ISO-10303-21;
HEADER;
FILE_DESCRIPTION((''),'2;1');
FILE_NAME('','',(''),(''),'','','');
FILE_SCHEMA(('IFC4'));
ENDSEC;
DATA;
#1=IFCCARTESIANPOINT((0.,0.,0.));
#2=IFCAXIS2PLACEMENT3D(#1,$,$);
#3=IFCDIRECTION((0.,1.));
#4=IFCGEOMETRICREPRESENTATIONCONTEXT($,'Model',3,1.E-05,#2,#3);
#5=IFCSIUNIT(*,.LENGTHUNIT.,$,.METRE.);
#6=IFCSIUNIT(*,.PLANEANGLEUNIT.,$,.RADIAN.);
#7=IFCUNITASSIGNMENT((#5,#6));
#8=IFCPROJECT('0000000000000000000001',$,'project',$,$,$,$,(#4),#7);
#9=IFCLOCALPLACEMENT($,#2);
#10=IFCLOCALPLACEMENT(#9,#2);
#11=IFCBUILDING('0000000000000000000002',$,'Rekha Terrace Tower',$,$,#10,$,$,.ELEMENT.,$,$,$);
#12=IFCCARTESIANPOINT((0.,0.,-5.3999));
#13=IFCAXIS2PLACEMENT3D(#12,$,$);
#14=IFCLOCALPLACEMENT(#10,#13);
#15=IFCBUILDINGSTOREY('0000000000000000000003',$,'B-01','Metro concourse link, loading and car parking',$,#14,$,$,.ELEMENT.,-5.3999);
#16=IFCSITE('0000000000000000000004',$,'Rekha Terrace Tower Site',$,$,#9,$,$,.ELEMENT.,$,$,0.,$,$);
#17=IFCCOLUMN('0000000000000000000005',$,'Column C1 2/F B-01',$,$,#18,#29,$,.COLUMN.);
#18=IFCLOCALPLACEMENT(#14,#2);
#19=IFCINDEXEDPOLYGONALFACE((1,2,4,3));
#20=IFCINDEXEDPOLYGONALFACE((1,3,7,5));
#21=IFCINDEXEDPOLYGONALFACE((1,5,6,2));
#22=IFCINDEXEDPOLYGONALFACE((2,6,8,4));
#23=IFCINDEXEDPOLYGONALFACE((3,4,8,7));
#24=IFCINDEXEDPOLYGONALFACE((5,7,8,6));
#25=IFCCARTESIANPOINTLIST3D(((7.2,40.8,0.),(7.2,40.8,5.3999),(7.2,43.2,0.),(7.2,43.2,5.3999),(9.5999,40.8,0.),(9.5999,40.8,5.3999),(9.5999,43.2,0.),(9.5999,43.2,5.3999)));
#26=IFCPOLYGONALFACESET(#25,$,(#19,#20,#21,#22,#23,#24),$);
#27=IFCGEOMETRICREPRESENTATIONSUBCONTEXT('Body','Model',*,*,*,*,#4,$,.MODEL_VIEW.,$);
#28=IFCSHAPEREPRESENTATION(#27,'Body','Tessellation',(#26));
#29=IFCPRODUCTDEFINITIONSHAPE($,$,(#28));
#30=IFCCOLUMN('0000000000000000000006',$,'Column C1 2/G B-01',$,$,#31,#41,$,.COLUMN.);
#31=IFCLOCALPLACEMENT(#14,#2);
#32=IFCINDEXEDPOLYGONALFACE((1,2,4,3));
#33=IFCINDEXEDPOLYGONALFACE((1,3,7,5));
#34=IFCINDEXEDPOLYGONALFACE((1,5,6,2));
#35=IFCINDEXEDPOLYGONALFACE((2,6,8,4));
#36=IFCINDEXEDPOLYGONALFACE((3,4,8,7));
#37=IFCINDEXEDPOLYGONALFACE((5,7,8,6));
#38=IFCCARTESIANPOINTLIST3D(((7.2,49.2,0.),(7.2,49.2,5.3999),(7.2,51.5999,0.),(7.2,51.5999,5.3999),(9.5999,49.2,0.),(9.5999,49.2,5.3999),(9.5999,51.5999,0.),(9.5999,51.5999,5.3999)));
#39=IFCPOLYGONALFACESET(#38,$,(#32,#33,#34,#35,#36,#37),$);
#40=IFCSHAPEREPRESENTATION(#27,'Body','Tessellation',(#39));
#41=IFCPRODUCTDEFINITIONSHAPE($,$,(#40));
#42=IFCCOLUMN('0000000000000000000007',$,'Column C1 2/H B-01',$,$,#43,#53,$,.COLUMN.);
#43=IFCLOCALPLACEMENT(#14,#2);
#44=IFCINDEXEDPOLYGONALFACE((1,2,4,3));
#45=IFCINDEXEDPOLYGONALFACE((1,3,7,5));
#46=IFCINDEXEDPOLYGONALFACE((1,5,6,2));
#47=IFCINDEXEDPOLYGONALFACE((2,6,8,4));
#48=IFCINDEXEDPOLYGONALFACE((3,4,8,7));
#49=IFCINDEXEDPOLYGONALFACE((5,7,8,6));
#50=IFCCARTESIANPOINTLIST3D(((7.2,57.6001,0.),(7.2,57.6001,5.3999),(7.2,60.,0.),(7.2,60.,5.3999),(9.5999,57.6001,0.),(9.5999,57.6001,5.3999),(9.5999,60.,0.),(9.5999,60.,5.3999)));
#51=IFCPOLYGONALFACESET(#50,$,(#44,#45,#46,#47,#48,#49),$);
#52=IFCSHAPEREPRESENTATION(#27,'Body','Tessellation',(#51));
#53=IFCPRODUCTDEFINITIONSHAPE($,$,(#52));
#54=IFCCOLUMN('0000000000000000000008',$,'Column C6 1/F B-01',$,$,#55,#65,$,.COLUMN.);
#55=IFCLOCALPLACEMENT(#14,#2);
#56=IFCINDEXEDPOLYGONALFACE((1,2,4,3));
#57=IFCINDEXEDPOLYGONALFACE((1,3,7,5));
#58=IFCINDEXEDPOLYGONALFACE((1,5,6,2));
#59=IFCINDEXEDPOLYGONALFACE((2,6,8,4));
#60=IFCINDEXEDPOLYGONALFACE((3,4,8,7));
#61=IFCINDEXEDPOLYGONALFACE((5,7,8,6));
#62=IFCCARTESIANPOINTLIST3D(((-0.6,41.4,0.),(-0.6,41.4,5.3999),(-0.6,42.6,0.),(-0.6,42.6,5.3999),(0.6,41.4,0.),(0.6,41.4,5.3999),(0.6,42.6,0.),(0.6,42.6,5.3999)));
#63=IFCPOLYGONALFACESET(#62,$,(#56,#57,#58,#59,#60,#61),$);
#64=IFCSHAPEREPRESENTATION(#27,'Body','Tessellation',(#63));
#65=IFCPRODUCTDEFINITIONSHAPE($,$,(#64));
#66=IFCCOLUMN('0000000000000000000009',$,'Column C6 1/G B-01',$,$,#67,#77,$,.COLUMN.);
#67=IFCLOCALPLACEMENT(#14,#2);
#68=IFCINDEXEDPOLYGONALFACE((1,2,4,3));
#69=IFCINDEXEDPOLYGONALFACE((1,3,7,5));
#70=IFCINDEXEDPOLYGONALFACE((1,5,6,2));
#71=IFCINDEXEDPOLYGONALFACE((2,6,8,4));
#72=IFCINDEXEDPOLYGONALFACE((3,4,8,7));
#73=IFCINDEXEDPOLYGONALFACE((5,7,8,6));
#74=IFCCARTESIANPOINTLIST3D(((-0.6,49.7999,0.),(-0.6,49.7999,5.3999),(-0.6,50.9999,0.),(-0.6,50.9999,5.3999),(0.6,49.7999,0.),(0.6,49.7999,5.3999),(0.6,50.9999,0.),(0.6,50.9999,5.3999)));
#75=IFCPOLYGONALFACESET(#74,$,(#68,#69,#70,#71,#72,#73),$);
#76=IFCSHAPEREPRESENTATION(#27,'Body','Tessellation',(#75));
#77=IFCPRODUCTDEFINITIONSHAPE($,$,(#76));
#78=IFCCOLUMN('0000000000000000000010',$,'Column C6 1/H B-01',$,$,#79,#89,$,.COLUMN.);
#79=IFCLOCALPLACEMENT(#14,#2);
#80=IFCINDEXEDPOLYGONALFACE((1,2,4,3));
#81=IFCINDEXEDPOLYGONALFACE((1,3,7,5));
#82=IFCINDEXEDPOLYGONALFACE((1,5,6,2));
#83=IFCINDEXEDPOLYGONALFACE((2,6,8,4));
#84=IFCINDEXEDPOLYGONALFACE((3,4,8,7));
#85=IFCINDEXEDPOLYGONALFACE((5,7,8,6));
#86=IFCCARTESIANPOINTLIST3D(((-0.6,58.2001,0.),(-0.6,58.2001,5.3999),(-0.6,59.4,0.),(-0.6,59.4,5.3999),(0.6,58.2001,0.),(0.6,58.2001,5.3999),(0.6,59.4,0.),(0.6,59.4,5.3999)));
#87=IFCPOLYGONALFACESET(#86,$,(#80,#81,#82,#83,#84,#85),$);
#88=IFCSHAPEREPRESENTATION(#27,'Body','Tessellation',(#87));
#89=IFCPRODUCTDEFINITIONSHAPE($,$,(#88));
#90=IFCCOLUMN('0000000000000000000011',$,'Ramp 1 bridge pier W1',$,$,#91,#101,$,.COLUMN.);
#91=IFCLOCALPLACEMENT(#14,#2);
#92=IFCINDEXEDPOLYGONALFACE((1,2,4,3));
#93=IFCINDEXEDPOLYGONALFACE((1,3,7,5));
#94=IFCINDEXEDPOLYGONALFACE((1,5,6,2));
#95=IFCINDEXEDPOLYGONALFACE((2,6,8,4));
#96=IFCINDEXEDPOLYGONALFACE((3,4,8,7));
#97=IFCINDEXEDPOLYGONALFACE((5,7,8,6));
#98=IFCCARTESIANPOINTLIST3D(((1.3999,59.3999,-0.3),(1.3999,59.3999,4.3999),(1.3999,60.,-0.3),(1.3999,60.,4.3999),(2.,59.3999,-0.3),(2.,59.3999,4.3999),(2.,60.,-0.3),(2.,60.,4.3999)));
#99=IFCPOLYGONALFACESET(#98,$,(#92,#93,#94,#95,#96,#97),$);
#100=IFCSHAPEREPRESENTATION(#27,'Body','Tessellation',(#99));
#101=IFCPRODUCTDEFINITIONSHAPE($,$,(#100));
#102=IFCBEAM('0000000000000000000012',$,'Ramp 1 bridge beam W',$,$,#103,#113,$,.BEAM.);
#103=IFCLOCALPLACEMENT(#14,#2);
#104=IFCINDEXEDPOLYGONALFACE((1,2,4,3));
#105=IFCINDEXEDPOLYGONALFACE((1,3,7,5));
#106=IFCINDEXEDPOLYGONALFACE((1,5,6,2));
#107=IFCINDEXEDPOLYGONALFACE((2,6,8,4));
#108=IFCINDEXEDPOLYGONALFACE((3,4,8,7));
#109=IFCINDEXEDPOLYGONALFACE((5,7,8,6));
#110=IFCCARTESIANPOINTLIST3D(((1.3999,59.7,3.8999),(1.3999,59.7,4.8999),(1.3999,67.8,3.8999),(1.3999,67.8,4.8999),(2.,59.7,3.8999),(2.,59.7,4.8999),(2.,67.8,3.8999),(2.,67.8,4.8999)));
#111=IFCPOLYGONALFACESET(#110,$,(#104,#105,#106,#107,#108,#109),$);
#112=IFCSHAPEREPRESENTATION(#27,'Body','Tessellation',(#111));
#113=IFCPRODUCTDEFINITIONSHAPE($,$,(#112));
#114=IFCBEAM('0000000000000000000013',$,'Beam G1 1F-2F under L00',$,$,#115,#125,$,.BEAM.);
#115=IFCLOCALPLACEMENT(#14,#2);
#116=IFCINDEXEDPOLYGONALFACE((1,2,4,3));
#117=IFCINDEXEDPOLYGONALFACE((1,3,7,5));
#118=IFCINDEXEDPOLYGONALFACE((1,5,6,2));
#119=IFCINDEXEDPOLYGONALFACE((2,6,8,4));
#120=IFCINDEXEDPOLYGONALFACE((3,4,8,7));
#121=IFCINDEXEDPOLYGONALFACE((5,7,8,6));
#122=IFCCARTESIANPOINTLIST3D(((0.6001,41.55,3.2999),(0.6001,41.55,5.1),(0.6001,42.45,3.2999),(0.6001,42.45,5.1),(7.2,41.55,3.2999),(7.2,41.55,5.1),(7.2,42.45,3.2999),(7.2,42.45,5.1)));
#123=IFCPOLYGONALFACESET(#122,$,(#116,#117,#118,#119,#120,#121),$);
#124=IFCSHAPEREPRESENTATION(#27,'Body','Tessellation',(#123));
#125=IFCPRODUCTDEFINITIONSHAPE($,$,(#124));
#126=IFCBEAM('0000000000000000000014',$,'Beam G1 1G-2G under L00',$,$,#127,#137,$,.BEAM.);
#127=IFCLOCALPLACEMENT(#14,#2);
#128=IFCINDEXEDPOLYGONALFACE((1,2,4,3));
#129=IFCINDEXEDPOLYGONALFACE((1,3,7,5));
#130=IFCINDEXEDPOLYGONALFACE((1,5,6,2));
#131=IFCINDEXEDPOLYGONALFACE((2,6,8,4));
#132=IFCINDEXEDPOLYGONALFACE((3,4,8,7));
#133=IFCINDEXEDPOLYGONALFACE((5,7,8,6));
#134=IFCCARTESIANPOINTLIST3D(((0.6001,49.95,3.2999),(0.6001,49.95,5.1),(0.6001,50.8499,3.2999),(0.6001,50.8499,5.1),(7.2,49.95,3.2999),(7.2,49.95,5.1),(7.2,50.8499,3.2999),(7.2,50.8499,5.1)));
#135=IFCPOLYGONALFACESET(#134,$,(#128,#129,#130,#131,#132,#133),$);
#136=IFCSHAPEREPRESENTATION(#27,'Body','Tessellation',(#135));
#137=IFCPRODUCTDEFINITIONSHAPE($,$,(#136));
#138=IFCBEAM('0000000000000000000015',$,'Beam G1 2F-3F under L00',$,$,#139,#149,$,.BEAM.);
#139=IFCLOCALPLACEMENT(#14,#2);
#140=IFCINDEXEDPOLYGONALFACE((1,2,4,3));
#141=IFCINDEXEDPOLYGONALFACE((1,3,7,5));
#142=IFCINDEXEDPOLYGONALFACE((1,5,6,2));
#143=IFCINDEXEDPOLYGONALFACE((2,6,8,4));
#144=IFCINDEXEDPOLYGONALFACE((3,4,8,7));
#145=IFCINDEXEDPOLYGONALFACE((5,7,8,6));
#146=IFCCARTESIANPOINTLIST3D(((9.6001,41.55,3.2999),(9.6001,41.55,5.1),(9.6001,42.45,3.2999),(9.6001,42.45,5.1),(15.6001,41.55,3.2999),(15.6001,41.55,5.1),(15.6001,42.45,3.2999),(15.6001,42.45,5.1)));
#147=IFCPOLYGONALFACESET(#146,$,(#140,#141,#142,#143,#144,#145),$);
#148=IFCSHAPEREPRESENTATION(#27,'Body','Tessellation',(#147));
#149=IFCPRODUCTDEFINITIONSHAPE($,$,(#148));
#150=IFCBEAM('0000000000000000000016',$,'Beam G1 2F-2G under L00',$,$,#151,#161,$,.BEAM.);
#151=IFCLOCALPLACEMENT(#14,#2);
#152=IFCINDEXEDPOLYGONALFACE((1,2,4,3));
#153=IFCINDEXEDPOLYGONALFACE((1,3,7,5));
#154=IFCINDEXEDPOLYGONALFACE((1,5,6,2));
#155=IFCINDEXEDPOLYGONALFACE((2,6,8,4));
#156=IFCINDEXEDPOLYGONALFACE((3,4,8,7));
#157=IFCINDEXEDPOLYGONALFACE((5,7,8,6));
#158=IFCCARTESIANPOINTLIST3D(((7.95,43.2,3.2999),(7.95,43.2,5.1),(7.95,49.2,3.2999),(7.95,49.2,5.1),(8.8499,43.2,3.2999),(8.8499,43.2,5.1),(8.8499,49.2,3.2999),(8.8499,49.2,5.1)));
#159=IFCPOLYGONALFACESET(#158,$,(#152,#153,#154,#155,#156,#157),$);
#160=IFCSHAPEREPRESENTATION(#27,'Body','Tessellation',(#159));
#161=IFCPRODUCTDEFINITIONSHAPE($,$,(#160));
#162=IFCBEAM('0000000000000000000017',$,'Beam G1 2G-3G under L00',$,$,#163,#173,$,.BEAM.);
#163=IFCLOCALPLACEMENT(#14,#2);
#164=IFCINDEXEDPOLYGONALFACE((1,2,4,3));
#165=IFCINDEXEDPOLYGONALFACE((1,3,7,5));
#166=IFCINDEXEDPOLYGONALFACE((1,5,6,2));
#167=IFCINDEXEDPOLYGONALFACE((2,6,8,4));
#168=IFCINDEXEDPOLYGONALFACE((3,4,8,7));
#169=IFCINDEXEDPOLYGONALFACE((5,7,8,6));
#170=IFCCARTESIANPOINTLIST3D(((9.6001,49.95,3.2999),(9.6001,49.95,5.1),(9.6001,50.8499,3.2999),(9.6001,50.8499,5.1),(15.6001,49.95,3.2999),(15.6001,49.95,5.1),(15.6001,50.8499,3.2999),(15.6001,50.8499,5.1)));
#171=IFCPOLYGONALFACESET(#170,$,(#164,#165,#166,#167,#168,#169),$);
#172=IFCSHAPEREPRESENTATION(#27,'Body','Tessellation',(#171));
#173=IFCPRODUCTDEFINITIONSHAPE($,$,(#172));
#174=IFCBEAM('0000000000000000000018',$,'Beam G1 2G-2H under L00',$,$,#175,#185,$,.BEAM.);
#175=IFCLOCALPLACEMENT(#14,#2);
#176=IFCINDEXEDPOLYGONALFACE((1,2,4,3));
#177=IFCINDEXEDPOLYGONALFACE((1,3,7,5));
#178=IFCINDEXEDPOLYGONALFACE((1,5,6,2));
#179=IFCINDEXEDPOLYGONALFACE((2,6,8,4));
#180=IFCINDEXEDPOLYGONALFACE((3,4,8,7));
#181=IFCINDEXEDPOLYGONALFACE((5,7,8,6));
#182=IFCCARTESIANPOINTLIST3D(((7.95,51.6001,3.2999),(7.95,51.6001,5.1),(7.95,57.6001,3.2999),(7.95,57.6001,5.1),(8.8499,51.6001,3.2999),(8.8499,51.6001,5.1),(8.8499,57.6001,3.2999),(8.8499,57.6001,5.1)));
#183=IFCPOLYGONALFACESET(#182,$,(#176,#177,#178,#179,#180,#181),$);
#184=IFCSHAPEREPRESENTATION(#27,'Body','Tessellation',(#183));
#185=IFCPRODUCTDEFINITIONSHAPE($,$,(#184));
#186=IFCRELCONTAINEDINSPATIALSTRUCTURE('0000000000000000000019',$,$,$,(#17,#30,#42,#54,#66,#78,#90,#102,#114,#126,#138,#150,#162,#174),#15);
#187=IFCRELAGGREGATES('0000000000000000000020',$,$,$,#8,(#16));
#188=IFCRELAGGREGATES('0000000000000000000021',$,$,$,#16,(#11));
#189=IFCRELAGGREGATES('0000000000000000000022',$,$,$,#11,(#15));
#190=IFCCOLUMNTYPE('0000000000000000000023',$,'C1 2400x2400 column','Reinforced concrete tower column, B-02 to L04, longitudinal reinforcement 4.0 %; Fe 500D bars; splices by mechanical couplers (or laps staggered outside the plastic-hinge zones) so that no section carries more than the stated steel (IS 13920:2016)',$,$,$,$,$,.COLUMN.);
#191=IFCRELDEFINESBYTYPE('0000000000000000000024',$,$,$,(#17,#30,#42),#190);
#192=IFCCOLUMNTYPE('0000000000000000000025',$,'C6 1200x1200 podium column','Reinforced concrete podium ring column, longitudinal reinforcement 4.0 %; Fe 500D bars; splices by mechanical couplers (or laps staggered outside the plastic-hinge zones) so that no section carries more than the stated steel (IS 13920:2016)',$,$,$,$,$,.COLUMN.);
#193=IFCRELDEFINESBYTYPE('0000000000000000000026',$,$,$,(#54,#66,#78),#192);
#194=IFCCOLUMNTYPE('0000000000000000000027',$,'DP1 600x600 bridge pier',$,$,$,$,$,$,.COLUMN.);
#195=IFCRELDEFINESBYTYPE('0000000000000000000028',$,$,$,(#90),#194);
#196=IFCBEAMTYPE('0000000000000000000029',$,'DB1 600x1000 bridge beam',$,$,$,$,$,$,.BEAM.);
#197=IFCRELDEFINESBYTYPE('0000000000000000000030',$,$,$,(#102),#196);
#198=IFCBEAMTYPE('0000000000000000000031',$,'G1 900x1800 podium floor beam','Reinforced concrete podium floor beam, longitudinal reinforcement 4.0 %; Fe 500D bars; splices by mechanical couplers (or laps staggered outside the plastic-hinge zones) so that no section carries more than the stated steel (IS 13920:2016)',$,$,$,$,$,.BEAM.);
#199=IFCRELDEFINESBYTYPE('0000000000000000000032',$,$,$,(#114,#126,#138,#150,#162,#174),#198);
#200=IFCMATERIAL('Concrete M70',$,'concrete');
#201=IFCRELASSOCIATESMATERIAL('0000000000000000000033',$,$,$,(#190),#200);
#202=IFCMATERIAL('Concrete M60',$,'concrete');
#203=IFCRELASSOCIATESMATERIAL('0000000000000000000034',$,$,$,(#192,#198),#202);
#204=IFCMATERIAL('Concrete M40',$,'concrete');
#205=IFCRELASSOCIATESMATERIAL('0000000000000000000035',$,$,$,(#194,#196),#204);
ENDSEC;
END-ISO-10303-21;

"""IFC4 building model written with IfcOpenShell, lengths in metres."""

from ifc_helpers import new_model, si_unit, direction, frame, origin, origin_2d, place, context, subcontext, project, spatial, rectangle, extrude, material, material_profile, profile_set, type_object, element, save


model = new_model("IFC4")

# Units and contexts
model_context = context("Model", 3, precision=1e-05, world=origin(), true_north=direction((0.0, 1.0)))
body_context = subcontext(model_context, "Body", "Model", "MODEL_VIEW")
ifc_project = project(units=[si_unit("LENGTHUNIT", "METRE"), si_unit("PLANEANGLEUNIT", "RADIAN")], contexts=[model_context])

# Site, building, storey
site_placement = place(None, origin())
site = spatial("IfcSite", under=ifc_project, at=site_placement, Name="Rekha Terrace Tower Site", CompositionType="ELEMENT", RefElevation=0.0)
building_placement = place(site_placement, origin())
building = spatial("IfcBuilding", under=site, at=building_placement, Name="Rekha Terrace Tower", CompositionType="ELEMENT")
storey_placement = place(building_placement, frame((0.0, 0.0, -5.3999)))
storey = spatial("IfcBuildingStorey", under=building, at=storey_placement, Name="B-01", Description="Metro concourse link, loading and car parking", CompositionType="ELEMENT", Elevation=-5.3999)

# Columns
ifc_material_1 = material(Name="Concrete M70", Category="concrete")
ifc_material_profile_1 = material_profile(ifc_material_1, rectangle(XDim=2.3999, YDim=2.3999, at=origin_2d()), Name="RC 2400x2400")
ifc_profile_set_1 = profile_set([ifc_material_profile_1], Name="Concrete M70")
column_type_1 = type_object("IfcColumnType", Name="C1 2400x2400 column", Description="Reinforced concrete tower column, B-02 to L04, longitudinal reinforcement 4.0 %; Fe 500D bars; splices by mechanical couplers (or laps staggered outside the plastic-hinge zones) so that no section carries more than the stated steel (IS 13920:2016)", PredefinedType="COLUMN", material=ifc_profile_set_1)
for number, where, z_axis, x_axis, name in (
    (1, (8.3999, 42.0, 0.0), (0.0, 0.0, 1.0), (1.0, 0.0, 0.0), "Column C1 2/F B-01"),
    (2, (8.3999, 50.3999, 0.0), (0.0, 0.0, 1.0), (1.0, 0.0, 0.0), "Column C1 2/G B-01"),
    (3, (8.3999, 58.8, 0.0), (0.0, 0.0, 1.0), (1.0, 0.0, 0.0), "Column C1 2/H B-01"),
):
    element("IfcColumn", number, at=place(storey_placement, frame(where, z_axis=z_axis, x_axis=x_axis)), inside=storey, type_object=column_type_1, Name=name, PredefinedType="COLUMN", context=body_context, shape_type="SweptSolid", body=[
        extrude(rectangle(XDim=2.3999, YDim=2.3999, at=origin_2d()), origin(), (0.0, 0.0, 1.0), 5.3999),
    ])
ifc_material_2 = material(Name="Concrete M60", Category="concrete")
ifc_material_profile_2 = material_profile(ifc_material_2, rectangle(XDim=1.2, YDim=1.2, at=origin_2d()), Name="RC 1200x1200")
ifc_profile_set_2 = profile_set([ifc_material_profile_2], Name="Concrete M60")
column_type_2 = type_object("IfcColumnType", Name="C6 1200x1200 podium column", Description="Reinforced concrete podium ring column, longitudinal reinforcement 4.0 %; Fe 500D bars; splices by mechanical couplers (or laps staggered outside the plastic-hinge zones) so that no section carries more than the stated steel (IS 13920:2016)", PredefinedType="COLUMN", material=ifc_profile_set_2)
for number, where, z_axis, x_axis, name in (
    (4, (0.0, 42.0, 0.0), (0.0, 0.0, 1.0), (1.0, 0.0, 0.0), "Column C6 1/F B-01"),
    (5, (0.0, 50.3999, 0.0), (0.0, 0.0, 1.0), (1.0, 0.0, 0.0), "Column C6 1/G B-01"),
    (6, (0.0, 58.8, 0.0), (0.0, 0.0, 1.0), (1.0, 0.0, 0.0), "Column C6 1/H B-01"),
):
    element("IfcColumn", number, at=place(storey_placement, frame(where, z_axis=z_axis, x_axis=x_axis)), inside=storey, type_object=column_type_2, Name=name, PredefinedType="COLUMN", context=body_context, shape_type="SweptSolid", body=[
        extrude(rectangle(XDim=1.2, YDim=1.2, at=origin_2d()), origin(), (0.0, 0.0, 1.0), 5.3999),
    ])
ifc_material_3 = material(Name="Concrete M40", Category="concrete")
ifc_material_profile_3 = material_profile(ifc_material_3, rectangle(XDim=0.6001, YDim=0.6001, at=origin_2d()), Name="RC 600x600")
ifc_profile_set_3 = profile_set([ifc_material_profile_3], Name="Concrete M40")
column_type_3 = type_object("IfcColumnType", Name="DP1 600x600 bridge pier", PredefinedType="COLUMN", material=ifc_profile_set_3)
column_placement = place(storey_placement, frame((1.7, 59.7, -0.3), z_axis=(0.0, 0.0, 1.0), x_axis=(1.0, 0.0, 0.0)))
element("IfcColumn", 7, at=column_placement, inside=storey, type_object=column_type_3, Name="Ramp 1 bridge pier W1", PredefinedType="COLUMN", context=body_context, shape_type="SweptSolid", body=[
    extrude(rectangle(XDim=0.6001, YDim=0.6001, at=origin_2d()), origin(), (0.0, 0.0, 1.0), 4.7),
])

# Beams
ifc_material_profile_4 = material_profile(ifc_material_3, rectangle(XDim=0.6001, YDim=1.0, at=origin_2d()), Name="RC 600x1000")
ifc_profile_set_4 = profile_set([ifc_material_profile_4], Name="Concrete M40")
beam_type_1 = type_object("IfcBeamType", Name="DB1 600x1000 bridge beam", PredefinedType="BEAM", material=ifc_profile_set_4)
beam_placement = place(storey_placement, frame((1.7, 59.7, 4.3999), z_axis=(0.0, 1.0, 0.0), x_axis=(-1.0, 0.0, 0.0)))
element("IfcBeam", 8, at=beam_placement, inside=storey, type_object=beam_type_1, Name="Ramp 1 bridge beam W", PredefinedType="BEAM", context=body_context, shape_type="SweptSolid", body=[
    extrude(rectangle(XDim=0.6001, YDim=1.0, at=origin_2d()), origin(), (0.0, 0.0, 1.0), 8.1001),
])
ifc_material_profile_5 = material_profile(ifc_material_2, rectangle(XDim=0.8999, YDim=1.8, at=origin_2d()), Name="RC 900x1800")
ifc_profile_set_5 = profile_set([ifc_material_profile_5], Name="Concrete M60")
beam_type_2 = type_object("IfcBeamType", Name="G1 900x1800 podium floor beam", Description="Reinforced concrete podium floor beam, longitudinal reinforcement 4.0 %; Fe 500D bars; splices by mechanical couplers (or laps staggered outside the plastic-hinge zones) so that no section carries more than the stated steel (IS 13920:2016)", PredefinedType="BEAM", material=ifc_profile_set_5)
for number, where, z_axis, x_axis, name in (
    (9, (0.6001, 42.0, 4.2), (1.0, 0.0, 0.0), (0.0, 1.0, 0.0), "Beam G1 1F-2F under L00"),
    (10, (0.6001, 50.3999, 4.2), (1.0, 0.0, 0.0), (0.0, 1.0, 0.0), "Beam G1 1G-2G under L00"),
):
    element("IfcBeam", number, at=place(storey_placement, frame(where, z_axis=z_axis, x_axis=x_axis)), inside=storey, type_object=beam_type_2, Name=name, PredefinedType="BEAM", context=body_context, shape_type="SweptSolid", body=[
        extrude(rectangle(XDim=0.8999, YDim=1.8, at=origin_2d()), origin(), (0.0, 0.0, 1.0), 6.5999),
    ])
for number, where, z_axis, x_axis, name in (
    (11, (9.6001, 42.0, 4.2), (1.0, 0.0, 0.0), (0.0, 1.0, 0.0), "Beam G1 2F-3F under L00"),
    (12, (8.3999, 43.2, 4.2), (0.0, 1.0, 0.0), (-1.0, 0.0, 0.0), "Beam G1 2F-2G under L00"),
    (13, (9.6001, 50.3999, 4.2), (1.0, 0.0, 0.0), (0.0, 1.0, 0.0), "Beam G1 2G-3G under L00"),
    (14, (8.3999, 51.6001, 4.2), (0.0, 1.0, 0.0), (-1.0, 0.0, 0.0), "Beam G1 2G-2H under L00"),
):
    element("IfcBeam", number, at=place(storey_placement, frame(where, z_axis=z_axis, x_axis=x_axis)), inside=storey, type_object=beam_type_2, Name=name, PredefinedType="BEAM", context=body_context, shape_type="SweptSolid", body=[
        extrude(rectangle(XDim=0.8999, YDim=1.8, at=origin_2d()), origin(), (0.0, 0.0, 1.0), 6.0),
    ])

save(model, "model.ifc")
